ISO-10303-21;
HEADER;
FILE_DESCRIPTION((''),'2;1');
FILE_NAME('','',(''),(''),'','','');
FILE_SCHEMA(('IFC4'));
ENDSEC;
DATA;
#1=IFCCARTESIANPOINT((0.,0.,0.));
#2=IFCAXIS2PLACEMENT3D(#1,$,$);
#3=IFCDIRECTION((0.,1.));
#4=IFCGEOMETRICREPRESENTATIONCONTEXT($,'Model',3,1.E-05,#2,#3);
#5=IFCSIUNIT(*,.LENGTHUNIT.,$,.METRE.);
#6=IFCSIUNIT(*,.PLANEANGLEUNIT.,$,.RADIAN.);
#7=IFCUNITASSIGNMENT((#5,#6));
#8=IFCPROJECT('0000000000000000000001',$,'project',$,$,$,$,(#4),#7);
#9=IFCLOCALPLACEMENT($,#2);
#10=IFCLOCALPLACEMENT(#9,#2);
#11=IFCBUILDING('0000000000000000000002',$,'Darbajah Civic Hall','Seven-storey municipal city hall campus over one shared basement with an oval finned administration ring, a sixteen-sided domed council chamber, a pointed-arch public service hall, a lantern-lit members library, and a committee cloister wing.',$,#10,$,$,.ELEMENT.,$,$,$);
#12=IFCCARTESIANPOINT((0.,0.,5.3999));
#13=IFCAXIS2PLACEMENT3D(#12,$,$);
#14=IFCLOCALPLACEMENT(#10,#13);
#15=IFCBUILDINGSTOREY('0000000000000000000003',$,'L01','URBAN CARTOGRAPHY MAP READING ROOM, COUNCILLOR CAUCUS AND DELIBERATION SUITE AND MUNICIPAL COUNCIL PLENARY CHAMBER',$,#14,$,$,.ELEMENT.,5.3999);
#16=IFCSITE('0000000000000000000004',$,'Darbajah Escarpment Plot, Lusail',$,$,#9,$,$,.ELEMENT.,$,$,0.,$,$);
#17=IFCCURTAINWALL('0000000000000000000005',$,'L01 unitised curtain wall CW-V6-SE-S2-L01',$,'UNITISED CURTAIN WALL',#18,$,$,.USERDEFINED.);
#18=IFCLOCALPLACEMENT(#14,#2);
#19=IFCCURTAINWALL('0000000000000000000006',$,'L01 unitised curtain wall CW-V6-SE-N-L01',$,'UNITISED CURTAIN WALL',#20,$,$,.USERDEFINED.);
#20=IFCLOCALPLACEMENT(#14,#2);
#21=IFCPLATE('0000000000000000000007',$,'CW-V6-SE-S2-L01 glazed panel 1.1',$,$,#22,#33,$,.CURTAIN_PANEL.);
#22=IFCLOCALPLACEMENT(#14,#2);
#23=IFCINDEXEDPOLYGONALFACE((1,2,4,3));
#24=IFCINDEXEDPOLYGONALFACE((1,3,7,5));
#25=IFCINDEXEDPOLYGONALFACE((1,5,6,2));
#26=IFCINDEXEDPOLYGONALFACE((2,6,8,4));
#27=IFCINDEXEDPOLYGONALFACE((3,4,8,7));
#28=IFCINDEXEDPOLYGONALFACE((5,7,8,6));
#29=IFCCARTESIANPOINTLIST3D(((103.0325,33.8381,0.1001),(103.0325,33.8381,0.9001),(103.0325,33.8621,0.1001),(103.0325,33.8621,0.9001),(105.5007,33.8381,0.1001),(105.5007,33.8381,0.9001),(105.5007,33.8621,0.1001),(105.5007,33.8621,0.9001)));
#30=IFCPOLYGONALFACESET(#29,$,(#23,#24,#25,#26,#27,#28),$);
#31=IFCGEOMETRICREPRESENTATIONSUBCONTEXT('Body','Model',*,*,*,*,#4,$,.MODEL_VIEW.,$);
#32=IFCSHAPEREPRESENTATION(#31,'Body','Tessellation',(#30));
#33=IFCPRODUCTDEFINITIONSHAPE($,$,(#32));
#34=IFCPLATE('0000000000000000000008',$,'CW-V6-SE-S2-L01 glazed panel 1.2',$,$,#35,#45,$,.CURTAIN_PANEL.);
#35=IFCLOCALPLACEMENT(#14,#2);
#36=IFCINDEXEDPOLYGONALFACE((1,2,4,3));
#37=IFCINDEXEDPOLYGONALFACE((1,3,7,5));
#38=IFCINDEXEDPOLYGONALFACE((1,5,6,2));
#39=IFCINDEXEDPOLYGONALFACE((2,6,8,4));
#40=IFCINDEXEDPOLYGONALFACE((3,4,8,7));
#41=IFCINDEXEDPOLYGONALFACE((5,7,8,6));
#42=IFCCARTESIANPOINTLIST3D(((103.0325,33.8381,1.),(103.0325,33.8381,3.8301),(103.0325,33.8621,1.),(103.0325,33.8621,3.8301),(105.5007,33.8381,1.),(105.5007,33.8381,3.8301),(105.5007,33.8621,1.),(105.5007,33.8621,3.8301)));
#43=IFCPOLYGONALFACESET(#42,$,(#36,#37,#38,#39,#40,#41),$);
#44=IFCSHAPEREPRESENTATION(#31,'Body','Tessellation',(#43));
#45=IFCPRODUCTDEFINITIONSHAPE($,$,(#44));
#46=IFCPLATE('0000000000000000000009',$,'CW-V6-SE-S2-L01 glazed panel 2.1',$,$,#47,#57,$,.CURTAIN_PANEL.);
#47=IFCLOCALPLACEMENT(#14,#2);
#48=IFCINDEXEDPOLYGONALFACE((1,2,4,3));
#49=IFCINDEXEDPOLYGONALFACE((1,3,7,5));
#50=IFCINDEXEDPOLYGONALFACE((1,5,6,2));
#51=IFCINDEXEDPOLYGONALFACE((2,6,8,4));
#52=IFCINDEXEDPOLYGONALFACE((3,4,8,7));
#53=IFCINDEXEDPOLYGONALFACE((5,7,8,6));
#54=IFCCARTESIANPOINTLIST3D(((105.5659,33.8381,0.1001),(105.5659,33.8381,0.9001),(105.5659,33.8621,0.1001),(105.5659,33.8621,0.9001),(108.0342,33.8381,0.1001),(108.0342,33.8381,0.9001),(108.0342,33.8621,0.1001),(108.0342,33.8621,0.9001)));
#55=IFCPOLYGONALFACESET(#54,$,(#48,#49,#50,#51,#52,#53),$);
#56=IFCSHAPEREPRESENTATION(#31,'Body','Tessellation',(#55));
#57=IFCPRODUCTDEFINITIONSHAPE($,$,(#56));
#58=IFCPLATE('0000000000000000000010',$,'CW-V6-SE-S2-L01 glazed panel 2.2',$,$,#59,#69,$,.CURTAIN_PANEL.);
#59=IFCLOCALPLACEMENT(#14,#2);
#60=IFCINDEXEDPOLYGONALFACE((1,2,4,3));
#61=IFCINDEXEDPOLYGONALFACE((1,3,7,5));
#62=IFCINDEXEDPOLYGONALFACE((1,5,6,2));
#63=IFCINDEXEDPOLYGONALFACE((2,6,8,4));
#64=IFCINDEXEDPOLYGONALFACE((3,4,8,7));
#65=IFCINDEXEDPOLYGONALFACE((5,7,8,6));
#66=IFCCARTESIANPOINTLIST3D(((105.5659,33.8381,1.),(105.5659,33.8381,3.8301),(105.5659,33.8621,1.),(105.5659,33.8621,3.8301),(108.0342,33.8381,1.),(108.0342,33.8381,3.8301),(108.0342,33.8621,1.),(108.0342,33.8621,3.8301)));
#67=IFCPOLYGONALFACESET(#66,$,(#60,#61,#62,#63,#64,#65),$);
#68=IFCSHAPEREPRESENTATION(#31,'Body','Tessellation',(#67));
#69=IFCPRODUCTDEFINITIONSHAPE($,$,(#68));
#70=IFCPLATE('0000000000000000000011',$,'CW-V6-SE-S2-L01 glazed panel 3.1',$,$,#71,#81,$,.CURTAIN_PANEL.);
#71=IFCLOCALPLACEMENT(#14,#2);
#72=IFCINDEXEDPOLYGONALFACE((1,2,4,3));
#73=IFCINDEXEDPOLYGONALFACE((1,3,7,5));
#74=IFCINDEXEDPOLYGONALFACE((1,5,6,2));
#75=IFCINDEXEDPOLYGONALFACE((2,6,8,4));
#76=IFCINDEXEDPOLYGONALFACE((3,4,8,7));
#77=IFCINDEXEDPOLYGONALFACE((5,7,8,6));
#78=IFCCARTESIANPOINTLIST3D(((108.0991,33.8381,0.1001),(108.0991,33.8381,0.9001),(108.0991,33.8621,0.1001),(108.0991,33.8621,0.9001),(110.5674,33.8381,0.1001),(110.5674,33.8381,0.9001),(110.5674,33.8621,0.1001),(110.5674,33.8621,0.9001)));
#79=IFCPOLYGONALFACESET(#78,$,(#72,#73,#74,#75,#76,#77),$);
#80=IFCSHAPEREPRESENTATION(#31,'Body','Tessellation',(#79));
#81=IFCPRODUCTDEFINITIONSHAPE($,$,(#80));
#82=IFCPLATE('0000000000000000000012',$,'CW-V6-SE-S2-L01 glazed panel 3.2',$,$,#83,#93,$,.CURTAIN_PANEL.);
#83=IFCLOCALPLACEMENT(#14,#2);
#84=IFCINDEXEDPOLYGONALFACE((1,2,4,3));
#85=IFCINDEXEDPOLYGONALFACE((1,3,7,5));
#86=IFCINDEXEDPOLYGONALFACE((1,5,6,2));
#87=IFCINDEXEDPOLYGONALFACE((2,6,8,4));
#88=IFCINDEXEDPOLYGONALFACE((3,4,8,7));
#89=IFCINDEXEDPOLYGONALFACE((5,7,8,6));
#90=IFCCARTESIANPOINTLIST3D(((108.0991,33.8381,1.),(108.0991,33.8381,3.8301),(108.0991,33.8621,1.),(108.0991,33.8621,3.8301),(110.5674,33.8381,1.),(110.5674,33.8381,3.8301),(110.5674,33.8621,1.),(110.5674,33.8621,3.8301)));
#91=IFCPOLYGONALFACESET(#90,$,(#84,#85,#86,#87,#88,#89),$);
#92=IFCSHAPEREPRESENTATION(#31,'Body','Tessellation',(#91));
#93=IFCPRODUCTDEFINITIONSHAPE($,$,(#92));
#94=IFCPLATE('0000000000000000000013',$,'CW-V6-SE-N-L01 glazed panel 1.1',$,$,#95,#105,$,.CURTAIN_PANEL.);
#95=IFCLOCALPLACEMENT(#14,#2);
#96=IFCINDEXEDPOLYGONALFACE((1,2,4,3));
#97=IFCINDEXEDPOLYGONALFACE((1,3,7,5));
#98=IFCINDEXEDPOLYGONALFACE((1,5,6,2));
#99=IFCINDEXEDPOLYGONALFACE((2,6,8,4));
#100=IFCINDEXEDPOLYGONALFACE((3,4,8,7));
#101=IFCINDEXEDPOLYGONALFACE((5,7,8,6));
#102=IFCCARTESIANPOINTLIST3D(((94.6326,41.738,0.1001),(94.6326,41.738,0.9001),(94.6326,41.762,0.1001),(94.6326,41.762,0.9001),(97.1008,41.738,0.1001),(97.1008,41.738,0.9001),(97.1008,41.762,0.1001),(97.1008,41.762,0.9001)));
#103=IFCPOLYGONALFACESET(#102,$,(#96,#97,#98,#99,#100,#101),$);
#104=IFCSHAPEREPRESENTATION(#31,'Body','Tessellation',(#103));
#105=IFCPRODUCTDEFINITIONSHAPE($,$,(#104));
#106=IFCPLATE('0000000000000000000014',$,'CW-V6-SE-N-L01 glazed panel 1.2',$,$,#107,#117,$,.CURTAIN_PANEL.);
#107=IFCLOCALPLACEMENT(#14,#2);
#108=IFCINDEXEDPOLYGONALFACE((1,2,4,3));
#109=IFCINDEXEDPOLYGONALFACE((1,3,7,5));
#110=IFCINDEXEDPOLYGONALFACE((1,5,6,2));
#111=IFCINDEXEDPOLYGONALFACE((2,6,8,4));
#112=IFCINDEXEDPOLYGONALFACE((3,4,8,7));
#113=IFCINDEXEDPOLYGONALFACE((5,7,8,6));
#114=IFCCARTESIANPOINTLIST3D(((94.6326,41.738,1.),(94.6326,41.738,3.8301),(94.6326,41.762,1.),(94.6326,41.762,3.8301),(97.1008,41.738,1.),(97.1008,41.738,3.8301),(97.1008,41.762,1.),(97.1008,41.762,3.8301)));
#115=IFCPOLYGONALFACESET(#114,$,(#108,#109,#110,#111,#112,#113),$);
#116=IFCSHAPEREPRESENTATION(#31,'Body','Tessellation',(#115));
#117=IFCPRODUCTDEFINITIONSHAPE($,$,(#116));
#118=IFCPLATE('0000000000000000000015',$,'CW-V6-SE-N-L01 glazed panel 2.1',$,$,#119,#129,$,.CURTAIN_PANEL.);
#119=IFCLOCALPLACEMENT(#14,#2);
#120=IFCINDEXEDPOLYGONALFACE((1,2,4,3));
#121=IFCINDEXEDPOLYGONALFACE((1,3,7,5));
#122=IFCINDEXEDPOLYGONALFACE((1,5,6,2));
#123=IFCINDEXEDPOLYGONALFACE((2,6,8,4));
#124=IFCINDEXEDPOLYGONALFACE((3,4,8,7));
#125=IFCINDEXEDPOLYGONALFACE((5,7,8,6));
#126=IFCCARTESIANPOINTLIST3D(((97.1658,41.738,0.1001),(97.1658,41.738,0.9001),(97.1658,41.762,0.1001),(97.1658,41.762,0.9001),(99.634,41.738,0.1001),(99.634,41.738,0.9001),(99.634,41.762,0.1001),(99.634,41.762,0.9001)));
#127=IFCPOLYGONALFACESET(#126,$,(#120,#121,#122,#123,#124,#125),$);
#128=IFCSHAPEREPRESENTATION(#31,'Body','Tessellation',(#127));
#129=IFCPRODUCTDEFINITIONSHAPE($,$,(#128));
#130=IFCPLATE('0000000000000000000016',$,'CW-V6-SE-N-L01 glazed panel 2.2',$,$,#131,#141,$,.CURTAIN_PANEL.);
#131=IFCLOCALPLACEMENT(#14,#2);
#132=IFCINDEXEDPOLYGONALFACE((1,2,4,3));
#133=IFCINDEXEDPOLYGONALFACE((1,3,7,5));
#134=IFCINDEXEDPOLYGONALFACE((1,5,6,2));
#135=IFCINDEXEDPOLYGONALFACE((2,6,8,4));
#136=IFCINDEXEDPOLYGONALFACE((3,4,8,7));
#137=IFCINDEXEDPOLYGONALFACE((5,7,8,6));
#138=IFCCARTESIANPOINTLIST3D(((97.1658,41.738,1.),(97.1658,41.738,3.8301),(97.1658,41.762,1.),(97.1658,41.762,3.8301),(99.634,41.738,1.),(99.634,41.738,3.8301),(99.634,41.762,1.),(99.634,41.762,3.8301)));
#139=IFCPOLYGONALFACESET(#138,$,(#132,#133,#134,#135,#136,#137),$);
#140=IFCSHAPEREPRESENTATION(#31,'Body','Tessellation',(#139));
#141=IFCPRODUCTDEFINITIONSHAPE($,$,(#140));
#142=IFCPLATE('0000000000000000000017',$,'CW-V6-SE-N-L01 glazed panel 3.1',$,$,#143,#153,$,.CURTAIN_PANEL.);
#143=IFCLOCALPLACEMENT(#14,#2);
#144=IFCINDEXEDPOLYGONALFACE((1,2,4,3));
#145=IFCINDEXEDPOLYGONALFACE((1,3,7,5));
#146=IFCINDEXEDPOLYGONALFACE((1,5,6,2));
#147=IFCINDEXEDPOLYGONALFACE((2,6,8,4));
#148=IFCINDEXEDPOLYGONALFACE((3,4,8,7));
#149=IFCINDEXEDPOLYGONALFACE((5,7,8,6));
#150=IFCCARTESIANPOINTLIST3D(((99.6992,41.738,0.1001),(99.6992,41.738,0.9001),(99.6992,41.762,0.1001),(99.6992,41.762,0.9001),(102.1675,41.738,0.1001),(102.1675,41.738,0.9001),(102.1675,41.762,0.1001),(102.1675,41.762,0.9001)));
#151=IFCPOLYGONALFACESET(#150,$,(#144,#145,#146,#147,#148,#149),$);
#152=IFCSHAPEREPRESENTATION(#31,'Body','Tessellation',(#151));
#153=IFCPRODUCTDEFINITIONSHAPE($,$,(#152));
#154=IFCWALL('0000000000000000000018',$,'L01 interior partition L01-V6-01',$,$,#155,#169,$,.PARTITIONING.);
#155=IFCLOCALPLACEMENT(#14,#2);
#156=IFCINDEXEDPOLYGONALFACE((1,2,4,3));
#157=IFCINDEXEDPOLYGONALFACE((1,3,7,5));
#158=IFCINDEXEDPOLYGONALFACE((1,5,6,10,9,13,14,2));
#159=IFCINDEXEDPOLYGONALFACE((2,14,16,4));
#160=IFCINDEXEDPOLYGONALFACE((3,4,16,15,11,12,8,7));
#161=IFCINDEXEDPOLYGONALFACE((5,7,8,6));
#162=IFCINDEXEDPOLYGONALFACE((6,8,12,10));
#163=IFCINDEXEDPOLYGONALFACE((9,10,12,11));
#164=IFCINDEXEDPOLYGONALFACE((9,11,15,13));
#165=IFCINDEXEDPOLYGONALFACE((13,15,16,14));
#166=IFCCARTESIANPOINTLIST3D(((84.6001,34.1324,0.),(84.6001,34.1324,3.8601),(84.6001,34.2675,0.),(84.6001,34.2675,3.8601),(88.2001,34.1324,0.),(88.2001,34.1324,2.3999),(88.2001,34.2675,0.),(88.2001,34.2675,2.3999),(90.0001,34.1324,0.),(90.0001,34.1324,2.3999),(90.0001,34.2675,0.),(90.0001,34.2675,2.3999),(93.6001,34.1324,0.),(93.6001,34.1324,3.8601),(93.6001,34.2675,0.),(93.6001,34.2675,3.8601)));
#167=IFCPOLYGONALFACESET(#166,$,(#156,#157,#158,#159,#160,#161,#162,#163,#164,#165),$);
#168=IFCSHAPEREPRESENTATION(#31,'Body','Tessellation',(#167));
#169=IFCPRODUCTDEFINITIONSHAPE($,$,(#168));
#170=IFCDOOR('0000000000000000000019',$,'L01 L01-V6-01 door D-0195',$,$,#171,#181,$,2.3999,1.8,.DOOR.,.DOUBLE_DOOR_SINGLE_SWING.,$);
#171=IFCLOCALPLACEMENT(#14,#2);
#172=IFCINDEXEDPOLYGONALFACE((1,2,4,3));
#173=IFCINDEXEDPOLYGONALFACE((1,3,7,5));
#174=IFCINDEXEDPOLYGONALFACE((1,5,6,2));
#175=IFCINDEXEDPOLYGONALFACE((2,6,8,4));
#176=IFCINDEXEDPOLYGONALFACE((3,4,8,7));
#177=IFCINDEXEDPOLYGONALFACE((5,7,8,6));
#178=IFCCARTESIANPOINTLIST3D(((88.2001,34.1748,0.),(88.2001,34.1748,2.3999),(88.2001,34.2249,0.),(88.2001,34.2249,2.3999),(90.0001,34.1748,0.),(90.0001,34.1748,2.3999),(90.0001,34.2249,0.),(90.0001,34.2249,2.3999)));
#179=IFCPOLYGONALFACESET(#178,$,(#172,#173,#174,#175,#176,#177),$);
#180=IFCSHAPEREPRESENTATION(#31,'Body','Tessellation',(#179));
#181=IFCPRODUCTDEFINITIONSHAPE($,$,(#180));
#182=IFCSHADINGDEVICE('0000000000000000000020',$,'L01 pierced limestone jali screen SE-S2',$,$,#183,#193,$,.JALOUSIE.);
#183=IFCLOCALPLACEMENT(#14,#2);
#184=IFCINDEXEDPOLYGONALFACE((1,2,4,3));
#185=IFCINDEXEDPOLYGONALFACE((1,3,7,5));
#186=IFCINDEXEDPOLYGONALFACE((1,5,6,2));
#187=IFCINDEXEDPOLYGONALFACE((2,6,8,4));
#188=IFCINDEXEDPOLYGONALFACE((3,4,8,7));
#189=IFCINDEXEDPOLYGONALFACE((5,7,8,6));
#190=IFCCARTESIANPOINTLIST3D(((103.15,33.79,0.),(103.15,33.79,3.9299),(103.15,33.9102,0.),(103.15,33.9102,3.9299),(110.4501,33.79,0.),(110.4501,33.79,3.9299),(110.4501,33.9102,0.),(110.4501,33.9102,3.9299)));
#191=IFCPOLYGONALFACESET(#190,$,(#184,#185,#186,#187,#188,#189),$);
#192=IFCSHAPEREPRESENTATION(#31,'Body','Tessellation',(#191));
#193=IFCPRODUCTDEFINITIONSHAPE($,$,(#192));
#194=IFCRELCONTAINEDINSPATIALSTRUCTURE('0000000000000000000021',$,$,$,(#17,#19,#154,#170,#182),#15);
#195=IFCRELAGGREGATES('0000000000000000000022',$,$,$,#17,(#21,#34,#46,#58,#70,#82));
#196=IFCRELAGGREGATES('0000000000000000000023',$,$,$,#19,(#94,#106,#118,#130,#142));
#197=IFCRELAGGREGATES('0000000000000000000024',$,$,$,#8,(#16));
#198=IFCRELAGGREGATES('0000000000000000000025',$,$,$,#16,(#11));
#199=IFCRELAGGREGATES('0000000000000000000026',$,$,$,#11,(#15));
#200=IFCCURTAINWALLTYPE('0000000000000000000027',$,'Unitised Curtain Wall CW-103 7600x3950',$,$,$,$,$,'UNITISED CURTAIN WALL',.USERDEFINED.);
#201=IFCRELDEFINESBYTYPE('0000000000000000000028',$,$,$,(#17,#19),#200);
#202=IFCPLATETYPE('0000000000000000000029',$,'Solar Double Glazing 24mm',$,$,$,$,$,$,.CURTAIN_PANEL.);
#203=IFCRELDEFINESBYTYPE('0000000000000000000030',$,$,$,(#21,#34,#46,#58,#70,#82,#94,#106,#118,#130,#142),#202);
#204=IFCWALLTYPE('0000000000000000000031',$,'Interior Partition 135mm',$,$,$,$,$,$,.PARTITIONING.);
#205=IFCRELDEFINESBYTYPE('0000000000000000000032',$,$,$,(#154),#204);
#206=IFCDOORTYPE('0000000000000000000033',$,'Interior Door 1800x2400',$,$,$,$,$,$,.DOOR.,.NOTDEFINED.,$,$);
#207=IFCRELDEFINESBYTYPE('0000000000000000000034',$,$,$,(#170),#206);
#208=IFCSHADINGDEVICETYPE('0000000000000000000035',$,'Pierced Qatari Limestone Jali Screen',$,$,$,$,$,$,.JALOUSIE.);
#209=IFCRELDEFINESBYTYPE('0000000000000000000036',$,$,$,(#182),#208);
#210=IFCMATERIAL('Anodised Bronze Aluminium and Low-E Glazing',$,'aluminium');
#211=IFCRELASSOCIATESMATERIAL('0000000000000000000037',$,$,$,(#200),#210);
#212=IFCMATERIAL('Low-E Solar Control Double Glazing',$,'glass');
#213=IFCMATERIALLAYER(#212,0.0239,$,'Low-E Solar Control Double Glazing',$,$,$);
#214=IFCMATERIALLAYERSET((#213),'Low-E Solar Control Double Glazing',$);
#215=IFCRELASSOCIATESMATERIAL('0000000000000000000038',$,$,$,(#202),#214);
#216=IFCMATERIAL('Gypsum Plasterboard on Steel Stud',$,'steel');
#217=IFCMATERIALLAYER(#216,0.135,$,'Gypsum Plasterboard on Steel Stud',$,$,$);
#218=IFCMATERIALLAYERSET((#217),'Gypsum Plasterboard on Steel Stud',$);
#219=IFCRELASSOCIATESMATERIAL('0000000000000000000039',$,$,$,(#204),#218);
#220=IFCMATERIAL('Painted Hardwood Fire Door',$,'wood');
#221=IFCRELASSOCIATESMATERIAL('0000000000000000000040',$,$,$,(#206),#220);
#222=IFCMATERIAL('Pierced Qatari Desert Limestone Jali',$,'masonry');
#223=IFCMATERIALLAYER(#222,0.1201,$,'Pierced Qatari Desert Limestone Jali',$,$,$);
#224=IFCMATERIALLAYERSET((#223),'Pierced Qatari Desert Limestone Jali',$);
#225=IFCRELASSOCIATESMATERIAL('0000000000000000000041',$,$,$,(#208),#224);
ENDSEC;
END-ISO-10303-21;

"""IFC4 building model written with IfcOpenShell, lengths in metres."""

from ifc_helpers import new_model, si_unit, direction, frame, frame_2d, origin, origin_2d, place, context, subcontext, project, spatial, rectangle, extrude, material, layer, layer_set, type_object, element, fill, aggregate, save


model = new_model("IFC4")

# Units and contexts
model_context = context("Model", 3, precision=1e-05, world=origin(), true_north=direction((0.0, 1.0)))
body_context = subcontext(model_context, "Body", "Model", "MODEL_VIEW")
ifc_project = project(units=[si_unit("LENGTHUNIT", "METRE"), si_unit("PLANEANGLEUNIT", "RADIAN")], contexts=[model_context])

# Site, building, storey
site_placement = place(None, origin())
site = spatial("IfcSite", under=ifc_project, at=site_placement, Name="Darbajah Escarpment Plot, Lusail", CompositionType="ELEMENT", RefElevation=0.0)
building_placement = place(site_placement, origin())
building = spatial("IfcBuilding", under=site, at=building_placement, Name="Darbajah Civic Hall", Description="Seven-storey municipal city hall campus over one shared basement with an oval finned administration ring, a sixteen-sided domed council chamber, a pointed-arch public service hall, a lantern-lit members library, and a committee cloister wing.", CompositionType="ELEMENT")
storey_placement = place(building_placement, frame((0.0, 0.0, 5.3999)))
storey = spatial("IfcBuildingStorey", under=building, at=storey_placement, Name="L01", Description="URBAN CARTOGRAPHY MAP READING ROOM, COUNCILLOR CAUCUS AND DELIBERATION SUITE AND MUNICIPAL COUNCIL PLENARY CHAMBER", CompositionType="ELEMENT", Elevation=5.3999)

# Curtain walls
ifc_material_1 = material(Name="Anodised Bronze Aluminium and Low-E Glazing", Category="aluminium")
curtain_wall_type = type_object("IfcCurtainWallType", Name="Unitised Curtain Wall CW-103 7600x3950", ElementType="UNITISED CURTAIN WALL", PredefinedType="USERDEFINED", material=ifc_material_1)
curtain_wall_1_placement = place(storey_placement, origin())
curtain_wall_1 = element("IfcCurtainWall", 1, at=curtain_wall_1_placement, inside=storey, type_object=curtain_wall_type, Name="L01 unitised curtain wall CW-V6-SE-S2-L01", ObjectType="UNITISED CURTAIN WALL", PredefinedType="USERDEFINED")
curtain_wall_2_placement = place(storey_placement, origin())
curtain_wall_2 = element("IfcCurtainWall", 2, at=curtain_wall_2_placement, inside=storey, type_object=curtain_wall_type, Name="L01 unitised curtain wall CW-V6-SE-N-L01", ObjectType="UNITISED CURTAIN WALL", PredefinedType="USERDEFINED")

# Plates
ifc_material_2 = material(Name="Low-E Solar Control Double Glazing", Category="glass")
ifc_layer_1 = layer(ifc_material_2, 0.0239, Name="Low-E Solar Control Double Glazing")
ifc_layer_set_1 = layer_set([ifc_layer_1], Name="Low-E Solar Control Double Glazing")
plate_type = type_object("IfcPlateType", Name="Solar Double Glazing 24mm", PredefinedType="CURTAIN_PANEL", material=ifc_layer_set_1)
plate_1_placement = place(storey_placement, frame((104.2666, 33.8501, 0.1001), z_axis=(0.0, 0.0, 1.0), x_axis=(1.0, 0.0, 0.0)))
plate_1 = element("IfcPlate", 3, at=plate_1_placement, type_object=plate_type, Name="CW-V6-SE-S2-L01 glazed panel 1.1", PredefinedType="CURTAIN_PANEL", context=body_context, shape_type="SweptSolid", body=[
    extrude(rectangle(XDim=2.4683, YDim=0.0239, at=origin_2d()), origin(), (0.0, 0.0, 1.0), 0.8),
])
plate_2_placement = place(storey_placement, frame((104.2666, 33.8501, 1.0), z_axis=(0.0, 0.0, 1.0), x_axis=(1.0, 0.0, 0.0)))
plate_2 = element("IfcPlate", 4, at=plate_2_placement, type_object=plate_type, Name="CW-V6-SE-S2-L01 glazed panel 1.2", PredefinedType="CURTAIN_PANEL", context=body_context, shape_type="SweptSolid", body=[
    extrude(rectangle(XDim=2.4683, YDim=0.0239, at=origin_2d()), origin(), (0.0, 0.0, 1.0), 2.8301),
])
plate_3_placement = place(storey_placement, frame((106.8, 33.8501, 0.1001), z_axis=(0.0, 0.0, 1.0), x_axis=(1.0, 0.0, 0.0)))
plate_3 = element("IfcPlate", 5, at=plate_3_placement, type_object=plate_type, Name="CW-V6-SE-S2-L01 glazed panel 2.1", PredefinedType="CURTAIN_PANEL", context=body_context, shape_type="SweptSolid", body=[
    extrude(rectangle(XDim=2.4683, YDim=0.0239, at=origin_2d()), origin(), (0.0, 0.0, 1.0), 0.8),
])
plate_4_placement = place(storey_placement, frame((106.8, 33.8501, 1.0), z_axis=(0.0, 0.0, 1.0), x_axis=(1.0, 0.0, 0.0)))
plate_4 = element("IfcPlate", 6, at=plate_4_placement, type_object=plate_type, Name="CW-V6-SE-S2-L01 glazed panel 2.2", PredefinedType="CURTAIN_PANEL", context=body_context, shape_type="SweptSolid", body=[
    extrude(rectangle(XDim=2.4683, YDim=0.0239, at=origin_2d()), origin(), (0.0, 0.0, 1.0), 2.8301),
])
plate_5_placement = place(storey_placement, frame((109.3333, 33.8501, 0.1001), z_axis=(0.0, 0.0, 1.0), x_axis=(1.0, 0.0, 0.0)))
plate_5 = element("IfcPlate", 7, at=plate_5_placement, type_object=plate_type, Name="CW-V6-SE-S2-L01 glazed panel 3.1", PredefinedType="CURTAIN_PANEL", context=body_context, shape_type="SweptSolid", body=[
    extrude(rectangle(XDim=2.4683, YDim=0.0239, at=origin_2d()), origin(), (0.0, 0.0, 1.0), 0.8),
])
plate_6_placement = place(storey_placement, frame((109.3333, 33.8501, 1.0), z_axis=(0.0, 0.0, 1.0), x_axis=(1.0, 0.0, 0.0)))
plate_6 = element("IfcPlate", 8, at=plate_6_placement, type_object=plate_type, Name="CW-V6-SE-S2-L01 glazed panel 3.2", PredefinedType="CURTAIN_PANEL", context=body_context, shape_type="SweptSolid", body=[
    extrude(rectangle(XDim=2.4683, YDim=0.0239, at=origin_2d()), origin(), (0.0, 0.0, 1.0), 2.8301),
])
aggregate(curtain_wall_1, [plate_1, plate_2, plate_3, plate_4, plate_5, plate_6])
plate_7_placement = place(storey_placement, frame((95.8667, 41.75, 0.1001), z_axis=(0.0, 0.0, 1.0), x_axis=(1.0, 0.0, 0.0)))
plate_7 = element("IfcPlate", 9, at=plate_7_placement, type_object=plate_type, Name="CW-V6-SE-N-L01 glazed panel 1.1", PredefinedType="CURTAIN_PANEL", context=body_context, shape_type="SweptSolid", body=[
    extrude(rectangle(XDim=2.4683, YDim=0.0239, at=origin_2d()), origin(), (0.0, 0.0, 1.0), 0.8),
])
plate_8_placement = place(storey_placement, frame((95.8667, 41.75, 1.0), z_axis=(0.0, 0.0, 1.0), x_axis=(1.0, 0.0, 0.0)))
plate_8 = element("IfcPlate", 10, at=plate_8_placement, type_object=plate_type, Name="CW-V6-SE-N-L01 glazed panel 1.2", PredefinedType="CURTAIN_PANEL", context=body_context, shape_type="SweptSolid", body=[
    extrude(rectangle(XDim=2.4683, YDim=0.0239, at=origin_2d()), origin(), (0.0, 0.0, 1.0), 2.8301),
])
plate_9_placement = place(storey_placement, frame((98.3999, 41.75, 0.1001), z_axis=(0.0, 0.0, 1.0), x_axis=(1.0, 0.0, 0.0)))
plate_9 = element("IfcPlate", 11, at=plate_9_placement, type_object=plate_type, Name="CW-V6-SE-N-L01 glazed panel 2.1", PredefinedType="CURTAIN_PANEL", context=body_context, shape_type="SweptSolid", body=[
    extrude(rectangle(XDim=2.4683, YDim=0.0239, at=origin_2d()), origin(), (0.0, 0.0, 1.0), 0.8),
])
plate_10_placement = place(storey_placement, frame((98.3999, 41.75, 1.0), z_axis=(0.0, 0.0, 1.0), x_axis=(1.0, 0.0, 0.0)))
plate_10 = element("IfcPlate", 12, at=plate_10_placement, type_object=plate_type, Name="CW-V6-SE-N-L01 glazed panel 2.2", PredefinedType="CURTAIN_PANEL", context=body_context, shape_type="SweptSolid", body=[
    extrude(rectangle(XDim=2.4683, YDim=0.0239, at=origin_2d()), origin(), (0.0, 0.0, 1.0), 2.8301),
])
plate_11_placement = place(storey_placement, frame((100.9333, 41.75, 0.1001), z_axis=(0.0, 0.0, 1.0), x_axis=(1.0, 0.0, 0.0)))
plate_11 = element("IfcPlate", 13, at=plate_11_placement, type_object=plate_type, Name="CW-V6-SE-N-L01 glazed panel 3.1", PredefinedType="CURTAIN_PANEL", context=body_context, shape_type="SweptSolid", body=[
    extrude(rectangle(XDim=2.4683, YDim=0.0239, at=origin_2d()), origin(), (0.0, 0.0, 1.0), 0.8),
])
aggregate(curtain_wall_2, [plate_7, plate_8, plate_9, plate_10, plate_11])

# Wall, opening, door
ifc_material_3 = material(Name="Gypsum Plasterboard on Steel Stud", Category="steel")
ifc_layer_2 = layer(ifc_material_3, 0.135, Name="Gypsum Plasterboard on Steel Stud")
ifc_layer_set_2 = layer_set([ifc_layer_2], Name="Gypsum Plasterboard on Steel Stud")
wall_type = type_object("IfcWallType", Name="Interior Partition 135mm", PredefinedType="PARTITIONING", material=ifc_layer_set_2)
wall_placement = place(storey_placement, frame((84.6001, 34.2, 0.0), z_axis=(0.0, 0.0, 1.0), x_axis=(1.0, 0.0, 0.0)))
wall = element("IfcWall", 14, at=wall_placement, inside=storey, type_object=wall_type, Name="L01 interior partition L01-V6-01", PredefinedType="PARTITIONING", context=body_context, shape_type="SweptSolid", body=[
    extrude(rectangle(XDim=9.0, YDim=0.135, at=frame_2d((4.5, 0.0))), origin(), (0.0, 0.0, 1.0), 3.8601),
])
opening_placement = place(wall_placement, frame((3.6001, 0.0, 0.0)))
opening = element("IfcOpeningElement", 15, at=opening_placement, cuts=wall, PredefinedType="OPENING", context=body_context, shape_type="SweptSolid", body=[
    extrude(rectangle(XDim=1.8, YDim=2.3999, at=frame_2d((0.8999, 1.2))), frame((0.0, 0.0774, 0.0), z_axis=(0.0, -1.0, 0.0), x_axis=(1.0, 0.0, 0.0)), (0.0, 0.0, 1.0), 0.155),
])
ifc_material_4 = material(Name="Painted Hardwood Fire Door", Category="wood")
door_type = type_object("IfcDoorType", Name="Interior Door 1800x2400", OperationType="NOTDEFINED", PredefinedType="DOOR", material=ifc_material_4)
door_placement = place(opening_placement, origin())
door = element("IfcDoor", 16, at=door_placement, inside=storey, type_object=door_type, Name="L01 L01-V6-01 door D-0195", OperationType="DOUBLE_DOOR_SINGLE_SWING", OverallHeight=2.3999, OverallWidth=1.8, PredefinedType="DOOR", context=body_context, shape_type="SweptSolid", body=[
    extrude(rectangle(XDim=1.8, YDim=2.3999, at=frame_2d((0.8999, 1.2))), frame((0.0, 0.0249, 0.0), z_axis=(0.0, -1.0, 0.0), x_axis=(1.0, 0.0, 0.0)), (0.0, 0.0, 1.0), 0.05),
])
fill(opening, door)

# Shading device
ifc_material_5 = material(Name="Pierced Qatari Desert Limestone Jali", Category="masonry")
ifc_layer_3 = layer(ifc_material_5, 0.1201, Name="Pierced Qatari Desert Limestone Jali")
ifc_layer_set_3 = layer_set([ifc_layer_3], Name="Pierced Qatari Desert Limestone Jali")
shading_device_type = type_object("IfcShadingDeviceType", Name="Pierced Qatari Limestone Jali Screen", PredefinedType="JALOUSIE", material=ifc_layer_set_3)
for number, where, z_axis, x_axis, name in (
    (17, (106.8, 33.8501, 0.0), (0.0, 0.0, 1.0), (1.0, 0.0, 0.0), "L01 pierced limestone jali screen SE-S2"),
):
    element("IfcShadingDevice", number, at=place(storey_placement, frame(where, z_axis=z_axis, x_axis=x_axis)), inside=storey, type_object=shading_device_type, Name=name, PredefinedType="JALOUSIE", context=body_context, shape_type="SweptSolid", body=[
        extrude(rectangle(XDim=7.3, YDim=0.1201, at=origin_2d()), origin(), (0.0, 0.0, 1.0), 3.9299),
    ])

save(model, "model.ifc")
